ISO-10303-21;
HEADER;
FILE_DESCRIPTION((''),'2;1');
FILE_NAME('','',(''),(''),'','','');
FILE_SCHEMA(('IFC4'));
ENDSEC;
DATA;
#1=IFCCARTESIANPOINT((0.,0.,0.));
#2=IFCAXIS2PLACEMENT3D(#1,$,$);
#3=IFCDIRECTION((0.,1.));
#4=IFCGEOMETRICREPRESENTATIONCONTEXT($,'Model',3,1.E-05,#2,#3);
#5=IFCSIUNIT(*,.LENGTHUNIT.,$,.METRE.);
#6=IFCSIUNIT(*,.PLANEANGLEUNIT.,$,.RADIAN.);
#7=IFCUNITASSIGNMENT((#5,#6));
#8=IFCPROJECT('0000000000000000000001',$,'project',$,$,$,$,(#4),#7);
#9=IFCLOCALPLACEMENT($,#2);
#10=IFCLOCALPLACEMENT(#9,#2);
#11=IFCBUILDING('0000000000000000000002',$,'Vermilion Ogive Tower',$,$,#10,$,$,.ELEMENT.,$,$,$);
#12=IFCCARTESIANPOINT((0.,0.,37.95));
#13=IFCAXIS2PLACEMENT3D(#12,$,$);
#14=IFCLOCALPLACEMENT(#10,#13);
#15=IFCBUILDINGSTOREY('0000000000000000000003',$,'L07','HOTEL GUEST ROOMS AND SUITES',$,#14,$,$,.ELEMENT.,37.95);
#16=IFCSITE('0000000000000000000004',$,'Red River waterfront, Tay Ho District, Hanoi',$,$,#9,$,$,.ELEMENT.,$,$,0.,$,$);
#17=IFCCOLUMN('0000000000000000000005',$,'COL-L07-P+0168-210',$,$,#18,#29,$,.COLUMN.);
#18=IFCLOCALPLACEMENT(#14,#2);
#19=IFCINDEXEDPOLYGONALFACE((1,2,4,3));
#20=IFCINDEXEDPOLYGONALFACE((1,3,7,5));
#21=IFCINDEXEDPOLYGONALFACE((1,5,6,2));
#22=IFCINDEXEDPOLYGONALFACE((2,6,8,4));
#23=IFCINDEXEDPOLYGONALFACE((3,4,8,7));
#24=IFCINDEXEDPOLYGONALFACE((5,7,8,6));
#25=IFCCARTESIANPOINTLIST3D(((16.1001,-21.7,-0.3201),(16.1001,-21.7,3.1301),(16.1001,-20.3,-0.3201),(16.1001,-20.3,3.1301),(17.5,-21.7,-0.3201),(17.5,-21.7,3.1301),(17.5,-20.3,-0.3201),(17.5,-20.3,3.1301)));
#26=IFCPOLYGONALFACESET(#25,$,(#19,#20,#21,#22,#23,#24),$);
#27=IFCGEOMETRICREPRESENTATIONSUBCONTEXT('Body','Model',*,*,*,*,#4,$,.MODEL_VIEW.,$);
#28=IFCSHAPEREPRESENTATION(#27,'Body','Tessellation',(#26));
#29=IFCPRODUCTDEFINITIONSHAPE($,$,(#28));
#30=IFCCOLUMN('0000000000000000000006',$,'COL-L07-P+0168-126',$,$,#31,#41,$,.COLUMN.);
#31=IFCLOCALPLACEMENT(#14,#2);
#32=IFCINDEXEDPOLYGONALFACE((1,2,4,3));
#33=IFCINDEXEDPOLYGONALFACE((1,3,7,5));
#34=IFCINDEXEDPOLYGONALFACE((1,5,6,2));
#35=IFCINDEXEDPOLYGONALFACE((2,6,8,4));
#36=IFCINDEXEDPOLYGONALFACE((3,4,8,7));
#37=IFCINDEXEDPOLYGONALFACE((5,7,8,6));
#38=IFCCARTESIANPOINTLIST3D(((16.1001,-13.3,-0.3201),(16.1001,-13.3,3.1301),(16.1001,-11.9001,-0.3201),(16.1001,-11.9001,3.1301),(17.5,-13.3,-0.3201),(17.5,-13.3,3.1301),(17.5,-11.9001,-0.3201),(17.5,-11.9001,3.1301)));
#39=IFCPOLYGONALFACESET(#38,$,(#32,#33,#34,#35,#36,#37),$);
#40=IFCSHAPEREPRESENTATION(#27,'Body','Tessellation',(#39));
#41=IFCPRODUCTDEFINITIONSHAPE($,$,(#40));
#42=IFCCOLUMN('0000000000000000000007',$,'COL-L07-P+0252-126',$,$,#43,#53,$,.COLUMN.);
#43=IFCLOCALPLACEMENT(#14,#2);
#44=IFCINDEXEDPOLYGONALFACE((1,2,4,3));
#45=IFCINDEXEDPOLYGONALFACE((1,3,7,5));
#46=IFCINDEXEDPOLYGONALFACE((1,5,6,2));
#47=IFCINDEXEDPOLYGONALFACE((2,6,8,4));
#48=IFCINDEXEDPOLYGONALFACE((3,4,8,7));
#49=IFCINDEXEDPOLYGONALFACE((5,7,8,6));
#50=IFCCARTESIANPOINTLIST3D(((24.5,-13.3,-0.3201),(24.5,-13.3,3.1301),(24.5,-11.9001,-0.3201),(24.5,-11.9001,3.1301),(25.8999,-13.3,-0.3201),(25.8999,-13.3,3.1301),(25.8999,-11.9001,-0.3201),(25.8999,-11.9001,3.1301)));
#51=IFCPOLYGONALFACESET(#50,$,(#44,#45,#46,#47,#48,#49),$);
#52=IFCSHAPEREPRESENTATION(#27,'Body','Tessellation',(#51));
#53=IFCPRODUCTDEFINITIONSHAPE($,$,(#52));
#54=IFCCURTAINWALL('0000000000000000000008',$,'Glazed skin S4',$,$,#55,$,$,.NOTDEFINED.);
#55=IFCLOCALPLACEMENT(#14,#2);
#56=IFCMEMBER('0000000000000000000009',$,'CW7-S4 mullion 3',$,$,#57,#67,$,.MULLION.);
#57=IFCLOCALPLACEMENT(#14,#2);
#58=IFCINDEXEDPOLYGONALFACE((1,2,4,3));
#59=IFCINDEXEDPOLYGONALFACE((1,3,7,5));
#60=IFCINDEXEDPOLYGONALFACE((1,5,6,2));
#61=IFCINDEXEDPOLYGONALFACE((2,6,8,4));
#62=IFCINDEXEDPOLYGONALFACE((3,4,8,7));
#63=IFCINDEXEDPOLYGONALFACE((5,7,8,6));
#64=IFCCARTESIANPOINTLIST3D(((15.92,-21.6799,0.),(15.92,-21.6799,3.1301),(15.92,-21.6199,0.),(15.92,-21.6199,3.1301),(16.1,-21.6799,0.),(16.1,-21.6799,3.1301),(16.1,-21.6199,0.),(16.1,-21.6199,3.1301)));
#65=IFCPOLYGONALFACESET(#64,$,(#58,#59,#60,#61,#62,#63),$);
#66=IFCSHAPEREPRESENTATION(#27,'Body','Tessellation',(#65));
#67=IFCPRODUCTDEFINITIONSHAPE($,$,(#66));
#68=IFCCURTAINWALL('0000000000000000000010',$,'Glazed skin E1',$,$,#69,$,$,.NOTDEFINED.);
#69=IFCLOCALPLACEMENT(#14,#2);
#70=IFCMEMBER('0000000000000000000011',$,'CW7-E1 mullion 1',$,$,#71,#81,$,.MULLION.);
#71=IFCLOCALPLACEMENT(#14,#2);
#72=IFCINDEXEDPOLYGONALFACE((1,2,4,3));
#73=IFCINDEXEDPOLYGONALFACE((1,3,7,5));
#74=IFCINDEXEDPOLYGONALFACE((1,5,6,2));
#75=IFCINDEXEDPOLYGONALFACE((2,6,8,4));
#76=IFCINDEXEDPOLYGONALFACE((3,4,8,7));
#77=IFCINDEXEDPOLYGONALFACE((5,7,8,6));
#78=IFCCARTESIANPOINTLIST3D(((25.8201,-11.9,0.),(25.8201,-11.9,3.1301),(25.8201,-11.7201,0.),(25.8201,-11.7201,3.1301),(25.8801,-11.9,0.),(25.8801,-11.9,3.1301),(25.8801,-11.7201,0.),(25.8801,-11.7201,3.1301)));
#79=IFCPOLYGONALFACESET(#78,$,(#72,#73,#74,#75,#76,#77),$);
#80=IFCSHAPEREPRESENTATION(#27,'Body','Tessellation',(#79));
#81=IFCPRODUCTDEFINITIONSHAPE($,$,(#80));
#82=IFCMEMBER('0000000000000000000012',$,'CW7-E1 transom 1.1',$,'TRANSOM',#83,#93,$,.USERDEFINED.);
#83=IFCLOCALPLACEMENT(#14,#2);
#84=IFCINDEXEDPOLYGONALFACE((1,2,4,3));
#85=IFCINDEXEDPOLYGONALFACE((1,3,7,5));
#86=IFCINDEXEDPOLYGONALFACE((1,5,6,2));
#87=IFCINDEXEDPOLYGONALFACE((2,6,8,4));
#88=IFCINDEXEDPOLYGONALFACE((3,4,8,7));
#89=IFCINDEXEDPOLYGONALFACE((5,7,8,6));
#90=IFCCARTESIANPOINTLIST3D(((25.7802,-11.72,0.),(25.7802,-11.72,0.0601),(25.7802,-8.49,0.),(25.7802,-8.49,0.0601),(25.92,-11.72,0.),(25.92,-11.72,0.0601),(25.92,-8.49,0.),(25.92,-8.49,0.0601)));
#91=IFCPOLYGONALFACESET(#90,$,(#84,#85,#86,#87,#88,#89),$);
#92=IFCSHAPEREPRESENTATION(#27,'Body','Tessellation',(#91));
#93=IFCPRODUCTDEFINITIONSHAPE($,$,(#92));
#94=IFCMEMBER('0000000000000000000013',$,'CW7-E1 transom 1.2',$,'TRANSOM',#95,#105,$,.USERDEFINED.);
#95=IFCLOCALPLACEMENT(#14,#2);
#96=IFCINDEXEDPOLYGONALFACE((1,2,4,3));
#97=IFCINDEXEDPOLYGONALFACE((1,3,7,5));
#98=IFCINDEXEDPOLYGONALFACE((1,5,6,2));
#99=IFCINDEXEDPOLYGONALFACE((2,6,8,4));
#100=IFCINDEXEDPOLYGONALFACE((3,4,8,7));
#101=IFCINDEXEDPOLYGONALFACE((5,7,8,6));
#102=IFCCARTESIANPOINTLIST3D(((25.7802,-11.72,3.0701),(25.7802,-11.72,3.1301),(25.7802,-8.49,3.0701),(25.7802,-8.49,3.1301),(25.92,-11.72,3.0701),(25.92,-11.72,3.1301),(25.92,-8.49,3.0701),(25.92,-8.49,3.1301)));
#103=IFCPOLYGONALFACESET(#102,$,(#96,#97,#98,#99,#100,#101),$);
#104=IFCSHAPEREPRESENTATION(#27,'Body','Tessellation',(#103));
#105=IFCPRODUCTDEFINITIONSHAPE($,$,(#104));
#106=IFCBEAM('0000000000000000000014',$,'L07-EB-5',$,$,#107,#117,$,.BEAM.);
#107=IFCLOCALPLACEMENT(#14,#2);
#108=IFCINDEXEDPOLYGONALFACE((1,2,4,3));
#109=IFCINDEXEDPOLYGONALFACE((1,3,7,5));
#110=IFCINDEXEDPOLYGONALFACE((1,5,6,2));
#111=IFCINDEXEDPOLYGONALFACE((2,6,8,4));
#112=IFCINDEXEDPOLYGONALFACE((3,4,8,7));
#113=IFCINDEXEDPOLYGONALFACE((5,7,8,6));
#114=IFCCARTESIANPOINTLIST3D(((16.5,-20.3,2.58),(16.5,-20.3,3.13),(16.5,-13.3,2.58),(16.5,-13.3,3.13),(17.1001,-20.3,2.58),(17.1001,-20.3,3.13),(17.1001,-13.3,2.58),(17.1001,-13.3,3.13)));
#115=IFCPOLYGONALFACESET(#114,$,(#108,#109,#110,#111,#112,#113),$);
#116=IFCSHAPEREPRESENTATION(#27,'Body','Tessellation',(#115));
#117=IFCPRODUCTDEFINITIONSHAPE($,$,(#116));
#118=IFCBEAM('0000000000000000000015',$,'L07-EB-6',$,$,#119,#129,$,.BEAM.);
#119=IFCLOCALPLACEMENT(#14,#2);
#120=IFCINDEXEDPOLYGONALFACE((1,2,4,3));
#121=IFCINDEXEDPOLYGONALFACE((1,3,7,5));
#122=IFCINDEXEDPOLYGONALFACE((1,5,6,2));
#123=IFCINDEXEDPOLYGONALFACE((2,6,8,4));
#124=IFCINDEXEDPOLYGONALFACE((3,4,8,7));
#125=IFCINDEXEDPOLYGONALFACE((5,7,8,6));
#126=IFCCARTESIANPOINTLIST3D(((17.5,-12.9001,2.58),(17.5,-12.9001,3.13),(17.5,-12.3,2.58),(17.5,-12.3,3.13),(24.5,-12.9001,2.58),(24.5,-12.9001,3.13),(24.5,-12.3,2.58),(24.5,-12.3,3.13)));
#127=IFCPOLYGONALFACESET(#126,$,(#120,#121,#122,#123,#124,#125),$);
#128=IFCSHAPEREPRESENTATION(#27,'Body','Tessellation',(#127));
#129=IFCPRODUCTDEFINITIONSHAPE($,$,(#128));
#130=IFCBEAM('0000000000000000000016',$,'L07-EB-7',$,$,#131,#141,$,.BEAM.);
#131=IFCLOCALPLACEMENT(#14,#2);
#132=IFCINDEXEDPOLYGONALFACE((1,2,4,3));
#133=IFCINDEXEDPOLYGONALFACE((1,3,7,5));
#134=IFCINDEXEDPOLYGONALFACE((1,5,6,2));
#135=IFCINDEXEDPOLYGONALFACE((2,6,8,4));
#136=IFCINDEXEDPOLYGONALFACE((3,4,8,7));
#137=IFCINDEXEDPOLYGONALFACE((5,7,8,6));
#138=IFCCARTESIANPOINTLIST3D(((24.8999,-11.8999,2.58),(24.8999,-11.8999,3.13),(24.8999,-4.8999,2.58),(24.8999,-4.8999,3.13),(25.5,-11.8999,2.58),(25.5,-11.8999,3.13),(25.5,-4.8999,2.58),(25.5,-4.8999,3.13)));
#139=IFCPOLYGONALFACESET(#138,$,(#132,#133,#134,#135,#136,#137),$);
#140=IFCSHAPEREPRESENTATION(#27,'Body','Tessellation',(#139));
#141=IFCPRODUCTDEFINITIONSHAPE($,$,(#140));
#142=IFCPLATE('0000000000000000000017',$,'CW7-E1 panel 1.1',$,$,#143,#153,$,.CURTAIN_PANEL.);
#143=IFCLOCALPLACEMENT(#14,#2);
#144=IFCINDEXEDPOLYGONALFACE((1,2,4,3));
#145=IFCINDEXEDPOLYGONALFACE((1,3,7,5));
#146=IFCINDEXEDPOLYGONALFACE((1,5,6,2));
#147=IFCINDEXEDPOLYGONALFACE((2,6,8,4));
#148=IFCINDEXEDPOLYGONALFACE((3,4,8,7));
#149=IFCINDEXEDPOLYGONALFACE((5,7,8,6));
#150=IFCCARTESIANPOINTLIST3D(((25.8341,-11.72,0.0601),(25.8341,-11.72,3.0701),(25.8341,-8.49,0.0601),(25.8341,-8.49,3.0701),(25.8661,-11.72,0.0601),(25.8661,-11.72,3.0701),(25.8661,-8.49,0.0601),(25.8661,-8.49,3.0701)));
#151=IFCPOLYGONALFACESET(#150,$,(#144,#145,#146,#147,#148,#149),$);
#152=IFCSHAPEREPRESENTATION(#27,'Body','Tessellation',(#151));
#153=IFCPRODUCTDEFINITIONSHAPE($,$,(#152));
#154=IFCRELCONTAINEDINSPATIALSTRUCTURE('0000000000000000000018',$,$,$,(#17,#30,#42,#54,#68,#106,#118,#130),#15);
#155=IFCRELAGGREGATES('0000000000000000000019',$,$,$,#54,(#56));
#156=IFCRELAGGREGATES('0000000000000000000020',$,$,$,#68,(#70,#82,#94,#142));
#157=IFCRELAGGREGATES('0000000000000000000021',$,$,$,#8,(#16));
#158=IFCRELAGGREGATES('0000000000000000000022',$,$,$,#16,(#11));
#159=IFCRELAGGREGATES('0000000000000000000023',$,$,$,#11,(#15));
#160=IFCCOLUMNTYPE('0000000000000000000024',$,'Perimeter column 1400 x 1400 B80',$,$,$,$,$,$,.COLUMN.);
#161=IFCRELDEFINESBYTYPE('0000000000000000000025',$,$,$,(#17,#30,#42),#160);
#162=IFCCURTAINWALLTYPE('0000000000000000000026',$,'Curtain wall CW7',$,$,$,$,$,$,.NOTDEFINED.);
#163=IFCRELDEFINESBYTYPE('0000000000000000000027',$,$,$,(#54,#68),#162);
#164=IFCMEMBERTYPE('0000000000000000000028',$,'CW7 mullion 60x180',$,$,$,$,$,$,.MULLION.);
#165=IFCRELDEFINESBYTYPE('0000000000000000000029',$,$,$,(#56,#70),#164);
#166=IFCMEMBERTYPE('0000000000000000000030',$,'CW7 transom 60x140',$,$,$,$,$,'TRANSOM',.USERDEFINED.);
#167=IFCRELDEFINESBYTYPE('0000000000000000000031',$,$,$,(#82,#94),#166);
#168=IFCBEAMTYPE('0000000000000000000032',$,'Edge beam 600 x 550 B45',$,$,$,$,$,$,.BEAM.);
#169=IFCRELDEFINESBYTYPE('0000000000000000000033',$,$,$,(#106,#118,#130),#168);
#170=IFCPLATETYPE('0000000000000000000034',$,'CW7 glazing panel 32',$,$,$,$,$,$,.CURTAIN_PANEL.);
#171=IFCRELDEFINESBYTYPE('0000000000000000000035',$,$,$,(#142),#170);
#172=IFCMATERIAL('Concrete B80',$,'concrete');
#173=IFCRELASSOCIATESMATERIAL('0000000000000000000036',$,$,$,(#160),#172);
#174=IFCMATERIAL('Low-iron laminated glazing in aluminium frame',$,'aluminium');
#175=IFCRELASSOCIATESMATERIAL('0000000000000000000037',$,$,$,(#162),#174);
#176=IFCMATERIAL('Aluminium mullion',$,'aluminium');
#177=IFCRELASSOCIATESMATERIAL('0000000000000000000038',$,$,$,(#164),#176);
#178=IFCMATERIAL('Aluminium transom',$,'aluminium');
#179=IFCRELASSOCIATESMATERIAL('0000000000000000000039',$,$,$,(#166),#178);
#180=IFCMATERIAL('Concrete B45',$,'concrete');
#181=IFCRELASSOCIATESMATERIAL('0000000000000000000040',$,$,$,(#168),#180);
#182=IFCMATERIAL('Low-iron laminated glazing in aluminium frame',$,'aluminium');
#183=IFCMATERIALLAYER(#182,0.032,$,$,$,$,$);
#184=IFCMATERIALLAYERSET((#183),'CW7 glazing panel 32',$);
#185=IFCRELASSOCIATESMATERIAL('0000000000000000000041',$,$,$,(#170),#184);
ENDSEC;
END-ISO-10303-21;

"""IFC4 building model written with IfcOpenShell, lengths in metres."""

from ifc_helpers import new_model, si_unit, direction, frame, origin, origin_2d, place, context, subcontext, project, spatial, rectangle, extrude, material, layer, layer_set, material_profile, profile_set, type_object, element, aggregate, save


model = new_model("IFC4")

# Units and contexts
model_context = context("Model", 3, precision=1e-05, world=origin(), true_north=direction((0.0, 1.0)))
body_context = subcontext(model_context, "Body", "Model", "MODEL_VIEW")
ifc_project = project(units=[si_unit("LENGTHUNIT", "METRE"), si_unit("PLANEANGLEUNIT", "RADIAN")], contexts=[model_context])

# Site, building, storey
site_placement = place(None, origin())
site = spatial("IfcSite", under=ifc_project, at=site_placement, Name="Red River waterfront, Tay Ho District, Hanoi", CompositionType="ELEMENT", RefElevation=0.0)
building_placement = place(site_placement, origin())
building = spatial("IfcBuilding", under=site, at=building_placement, Name="Vermilion Ogive Tower", CompositionType="ELEMENT")
storey_placement = place(building_placement, frame((0.0, 0.0, 37.95)))
storey = spatial("IfcBuildingStorey", under=building, at=storey_placement, Name="L07", Description="HOTEL GUEST ROOMS AND SUITES", CompositionType="ELEMENT", Elevation=37.95)

# Columns
ifc_material_1 = material(Name="Concrete B80", Category="concrete")
ifc_material_profile_1 = material_profile(ifc_material_1, rectangle(XDim=1.3999, YDim=1.3999, at=origin_2d()), Name="1400 x 1400")
ifc_profile_set_1 = profile_set([ifc_material_profile_1], Name="Concrete B80")
column_type = type_object("IfcColumnType", Name="Perimeter column 1400 x 1400 B80", PredefinedType="COLUMN", material=ifc_profile_set_1)
for number, where, z_axis, x_axis, name in (
    (1, (16.8, -21.0, -0.3201), (0.0, 0.0, 1.0), (1.0, 0.0, 0.0), "COL-L07-P+0168-210"),
    (2, (16.8, -12.6001, -0.3201), (0.0, 0.0, 1.0), (1.0, 0.0, 0.0), "COL-L07-P+0168-126"),
    (3, (25.2, -12.6001, -0.3201), (0.0, 0.0, 1.0), (1.0, 0.0, 0.0), "COL-L07-P+0252-126"),
):
    element("IfcColumn", number, at=place(storey_placement, frame(where, z_axis=z_axis, x_axis=x_axis)), inside=storey, type_object=column_type, Name=name, PredefinedType="COLUMN", context=body_context, shape_type="SweptSolid", body=[
        extrude(rectangle(XDim=1.3999, YDim=1.3999, at=origin_2d()), origin(), (0.0, 0.0, 1.0), 3.4502),
    ])

# Curtain wall, member
ifc_material_2 = material(Name="Low-iron laminated glazing in aluminium frame", Category="aluminium")
curtain_wall_type = type_object("IfcCurtainWallType", Name="Curtain wall CW7", PredefinedType="NOTDEFINED", material=ifc_material_2)
curtain_wall_1_placement = place(storey_placement, origin())
curtain_wall_1 = element("IfcCurtainWall", 4, at=curtain_wall_1_placement, inside=storey, type_object=curtain_wall_type, Name="Glazed skin S4", PredefinedType="NOTDEFINED")
ifc_material_3 = material(Name="Aluminium mullion", Category="aluminium")
ifc_material_profile_2 = material_profile(ifc_material_3, rectangle(XDim=0.0601, YDim=0.1799, at=origin_2d()), Name="AL 60x180")
ifc_profile_set_2 = profile_set([ifc_material_profile_2], Name="Aluminium mullion")
member_type_1 = type_object("IfcMemberType", Name="CW7 mullion 60x180", PredefinedType="MULLION", material=ifc_profile_set_2)
member_1_placement = place(storey_placement, frame((16.01, -21.6499, 0.0), z_axis=(0.0, 0.0, 1.0), x_axis=(0.0, 1.0, 0.0)))
member_1 = element("IfcMember", 5, at=member_1_placement, type_object=member_type_1, Name="CW7-S4 mullion 3", PredefinedType="MULLION", context=body_context, shape_type="SweptSolid", body=[
    extrude(rectangle(XDim=0.0601, YDim=0.1799, at=origin_2d()), origin(), (0.0, 0.0, 1.0), 3.1301),
])
aggregate(curtain_wall_1, [member_1])

# Curtain wall, members
curtain_wall_2_placement = place(storey_placement, origin())
curtain_wall_2 = element("IfcCurtainWall", 6, at=curtain_wall_2_placement, inside=storey, type_object=curtain_wall_type, Name="Glazed skin E1", PredefinedType="NOTDEFINED")
member_2_placement = place(storey_placement, frame((25.8501, -11.8101, 0.0), z_axis=(0.0, 0.0, 1.0), x_axis=(-1.0, 0.0, 0.0)))
member_2 = element("IfcMember", 7, at=member_2_placement, type_object=member_type_1, Name="CW7-E1 mullion 1", PredefinedType="MULLION", context=body_context, shape_type="SweptSolid", body=[
    extrude(rectangle(XDim=0.0601, YDim=0.1799, at=origin_2d()), origin(), (0.0, 0.0, 1.0), 3.1301),
])
ifc_material_4 = material(Name="Aluminium transom", Category="aluminium")
ifc_material_profile_3 = material_profile(ifc_material_4, rectangle(XDim=0.1399, YDim=0.0601, at=origin_2d()), Name="AL 60x140")
ifc_profile_set_3 = profile_set([ifc_material_profile_3], Name="Aluminium transom")
member_type_2 = type_object("IfcMemberType", Name="CW7 transom 60x140", ElementType="TRANSOM", PredefinedType="USERDEFINED", material=ifc_profile_set_3)
member_3_placement = place(storey_placement, frame((25.8501, -11.72, 0.03), z_axis=(0.0, 1.0, 0.0), x_axis=(-1.0, 0.0, 0.0)))
member_3 = element("IfcMember", 8, at=member_3_placement, type_object=member_type_2, Name="CW7-E1 transom 1.1", ObjectType="TRANSOM", PredefinedType="USERDEFINED", context=body_context, shape_type="SweptSolid", body=[
    extrude(rectangle(XDim=0.1399, YDim=0.0601, at=origin_2d()), origin(), (0.0, 0.0, 1.0), 3.23),
])
member_4_placement = place(storey_placement, frame((25.8501, -11.72, 3.1001), z_axis=(0.0, 1.0, 0.0), x_axis=(-1.0, 0.0, 0.0)))
member_4 = element("IfcMember", 9, at=member_4_placement, type_object=member_type_2, Name="CW7-E1 transom 1.2", ObjectType="TRANSOM", PredefinedType="USERDEFINED", context=body_context, shape_type="SweptSolid", body=[
    extrude(rectangle(XDim=0.1399, YDim=0.0601, at=origin_2d()), origin(), (0.0, 0.0, 1.0), 3.23),
])

# Beams
ifc_material_5 = material(Name="Concrete B45", Category="concrete")
ifc_material_profile_4 = material_profile(ifc_material_5, rectangle(XDim=0.6001, YDim=0.55, at=origin_2d()), Name="600 x 550")
ifc_profile_set_4 = profile_set([ifc_material_profile_4], Name="Concrete B45")
beam_type = type_object("IfcBeamType", Name="Edge beam 600 x 550 B45", PredefinedType="BEAM", material=ifc_profile_set_4)
for number, where, z_axis, x_axis, name in (
    (10, (16.8, -20.3, 2.855), (0.0, 1.0, 0.0), (-1.0, 0.0, 0.0), "L07-EB-5"),
    (11, (17.5, -12.6001, 2.855), (1.0, 0.0, 0.0), (0.0, 1.0, 0.0), "L07-EB-6"),
    (12, (25.2, -11.8999, 2.855), (0.0, 1.0, 0.0), (-1.0, 0.0, 0.0), "L07-EB-7"),
):
    element("IfcBeam", number, at=place(storey_placement, frame(where, z_axis=z_axis, x_axis=x_axis)), inside=storey, type_object=beam_type, Name=name, PredefinedType="BEAM", context=body_context, shape_type="SweptSolid", body=[
        extrude(rectangle(XDim=0.6001, YDim=0.55, at=origin_2d()), origin(), (0.0, 0.0, 1.0), 7.0),
    ])

# Plate
ifc_material_6 = material(Name="Low-iron laminated glazing in aluminium frame", Category="aluminium")
ifc_layer_1 = layer(ifc_material_6, 0.032)
ifc_layer_set_1 = layer_set([ifc_layer_1], Name="CW7 glazing panel 32")
plate_type = type_object("IfcPlateType", Name="CW7 glazing panel 32", PredefinedType="CURTAIN_PANEL", material=ifc_layer_set_1)
plate_placement = place(storey_placement, frame((25.8501, -10.105, 0.0601), z_axis=(0.0, 0.0, 1.0), x_axis=(0.0, 1.0, 0.0)))
plate = element("IfcPlate", 13, at=plate_placement, type_object=plate_type, Name="CW7-E1 panel 1.1", PredefinedType="CURTAIN_PANEL", context=body_context, shape_type="SweptSolid", body=[
    extrude(rectangle(XDim=3.23, YDim=0.032, at=origin_2d()), origin(), (0.0, 0.0, 1.0), 3.01),
])
aggregate(curtain_wall_2, [member_2, member_3, member_4, plate])

save(model, "model.ifc")
